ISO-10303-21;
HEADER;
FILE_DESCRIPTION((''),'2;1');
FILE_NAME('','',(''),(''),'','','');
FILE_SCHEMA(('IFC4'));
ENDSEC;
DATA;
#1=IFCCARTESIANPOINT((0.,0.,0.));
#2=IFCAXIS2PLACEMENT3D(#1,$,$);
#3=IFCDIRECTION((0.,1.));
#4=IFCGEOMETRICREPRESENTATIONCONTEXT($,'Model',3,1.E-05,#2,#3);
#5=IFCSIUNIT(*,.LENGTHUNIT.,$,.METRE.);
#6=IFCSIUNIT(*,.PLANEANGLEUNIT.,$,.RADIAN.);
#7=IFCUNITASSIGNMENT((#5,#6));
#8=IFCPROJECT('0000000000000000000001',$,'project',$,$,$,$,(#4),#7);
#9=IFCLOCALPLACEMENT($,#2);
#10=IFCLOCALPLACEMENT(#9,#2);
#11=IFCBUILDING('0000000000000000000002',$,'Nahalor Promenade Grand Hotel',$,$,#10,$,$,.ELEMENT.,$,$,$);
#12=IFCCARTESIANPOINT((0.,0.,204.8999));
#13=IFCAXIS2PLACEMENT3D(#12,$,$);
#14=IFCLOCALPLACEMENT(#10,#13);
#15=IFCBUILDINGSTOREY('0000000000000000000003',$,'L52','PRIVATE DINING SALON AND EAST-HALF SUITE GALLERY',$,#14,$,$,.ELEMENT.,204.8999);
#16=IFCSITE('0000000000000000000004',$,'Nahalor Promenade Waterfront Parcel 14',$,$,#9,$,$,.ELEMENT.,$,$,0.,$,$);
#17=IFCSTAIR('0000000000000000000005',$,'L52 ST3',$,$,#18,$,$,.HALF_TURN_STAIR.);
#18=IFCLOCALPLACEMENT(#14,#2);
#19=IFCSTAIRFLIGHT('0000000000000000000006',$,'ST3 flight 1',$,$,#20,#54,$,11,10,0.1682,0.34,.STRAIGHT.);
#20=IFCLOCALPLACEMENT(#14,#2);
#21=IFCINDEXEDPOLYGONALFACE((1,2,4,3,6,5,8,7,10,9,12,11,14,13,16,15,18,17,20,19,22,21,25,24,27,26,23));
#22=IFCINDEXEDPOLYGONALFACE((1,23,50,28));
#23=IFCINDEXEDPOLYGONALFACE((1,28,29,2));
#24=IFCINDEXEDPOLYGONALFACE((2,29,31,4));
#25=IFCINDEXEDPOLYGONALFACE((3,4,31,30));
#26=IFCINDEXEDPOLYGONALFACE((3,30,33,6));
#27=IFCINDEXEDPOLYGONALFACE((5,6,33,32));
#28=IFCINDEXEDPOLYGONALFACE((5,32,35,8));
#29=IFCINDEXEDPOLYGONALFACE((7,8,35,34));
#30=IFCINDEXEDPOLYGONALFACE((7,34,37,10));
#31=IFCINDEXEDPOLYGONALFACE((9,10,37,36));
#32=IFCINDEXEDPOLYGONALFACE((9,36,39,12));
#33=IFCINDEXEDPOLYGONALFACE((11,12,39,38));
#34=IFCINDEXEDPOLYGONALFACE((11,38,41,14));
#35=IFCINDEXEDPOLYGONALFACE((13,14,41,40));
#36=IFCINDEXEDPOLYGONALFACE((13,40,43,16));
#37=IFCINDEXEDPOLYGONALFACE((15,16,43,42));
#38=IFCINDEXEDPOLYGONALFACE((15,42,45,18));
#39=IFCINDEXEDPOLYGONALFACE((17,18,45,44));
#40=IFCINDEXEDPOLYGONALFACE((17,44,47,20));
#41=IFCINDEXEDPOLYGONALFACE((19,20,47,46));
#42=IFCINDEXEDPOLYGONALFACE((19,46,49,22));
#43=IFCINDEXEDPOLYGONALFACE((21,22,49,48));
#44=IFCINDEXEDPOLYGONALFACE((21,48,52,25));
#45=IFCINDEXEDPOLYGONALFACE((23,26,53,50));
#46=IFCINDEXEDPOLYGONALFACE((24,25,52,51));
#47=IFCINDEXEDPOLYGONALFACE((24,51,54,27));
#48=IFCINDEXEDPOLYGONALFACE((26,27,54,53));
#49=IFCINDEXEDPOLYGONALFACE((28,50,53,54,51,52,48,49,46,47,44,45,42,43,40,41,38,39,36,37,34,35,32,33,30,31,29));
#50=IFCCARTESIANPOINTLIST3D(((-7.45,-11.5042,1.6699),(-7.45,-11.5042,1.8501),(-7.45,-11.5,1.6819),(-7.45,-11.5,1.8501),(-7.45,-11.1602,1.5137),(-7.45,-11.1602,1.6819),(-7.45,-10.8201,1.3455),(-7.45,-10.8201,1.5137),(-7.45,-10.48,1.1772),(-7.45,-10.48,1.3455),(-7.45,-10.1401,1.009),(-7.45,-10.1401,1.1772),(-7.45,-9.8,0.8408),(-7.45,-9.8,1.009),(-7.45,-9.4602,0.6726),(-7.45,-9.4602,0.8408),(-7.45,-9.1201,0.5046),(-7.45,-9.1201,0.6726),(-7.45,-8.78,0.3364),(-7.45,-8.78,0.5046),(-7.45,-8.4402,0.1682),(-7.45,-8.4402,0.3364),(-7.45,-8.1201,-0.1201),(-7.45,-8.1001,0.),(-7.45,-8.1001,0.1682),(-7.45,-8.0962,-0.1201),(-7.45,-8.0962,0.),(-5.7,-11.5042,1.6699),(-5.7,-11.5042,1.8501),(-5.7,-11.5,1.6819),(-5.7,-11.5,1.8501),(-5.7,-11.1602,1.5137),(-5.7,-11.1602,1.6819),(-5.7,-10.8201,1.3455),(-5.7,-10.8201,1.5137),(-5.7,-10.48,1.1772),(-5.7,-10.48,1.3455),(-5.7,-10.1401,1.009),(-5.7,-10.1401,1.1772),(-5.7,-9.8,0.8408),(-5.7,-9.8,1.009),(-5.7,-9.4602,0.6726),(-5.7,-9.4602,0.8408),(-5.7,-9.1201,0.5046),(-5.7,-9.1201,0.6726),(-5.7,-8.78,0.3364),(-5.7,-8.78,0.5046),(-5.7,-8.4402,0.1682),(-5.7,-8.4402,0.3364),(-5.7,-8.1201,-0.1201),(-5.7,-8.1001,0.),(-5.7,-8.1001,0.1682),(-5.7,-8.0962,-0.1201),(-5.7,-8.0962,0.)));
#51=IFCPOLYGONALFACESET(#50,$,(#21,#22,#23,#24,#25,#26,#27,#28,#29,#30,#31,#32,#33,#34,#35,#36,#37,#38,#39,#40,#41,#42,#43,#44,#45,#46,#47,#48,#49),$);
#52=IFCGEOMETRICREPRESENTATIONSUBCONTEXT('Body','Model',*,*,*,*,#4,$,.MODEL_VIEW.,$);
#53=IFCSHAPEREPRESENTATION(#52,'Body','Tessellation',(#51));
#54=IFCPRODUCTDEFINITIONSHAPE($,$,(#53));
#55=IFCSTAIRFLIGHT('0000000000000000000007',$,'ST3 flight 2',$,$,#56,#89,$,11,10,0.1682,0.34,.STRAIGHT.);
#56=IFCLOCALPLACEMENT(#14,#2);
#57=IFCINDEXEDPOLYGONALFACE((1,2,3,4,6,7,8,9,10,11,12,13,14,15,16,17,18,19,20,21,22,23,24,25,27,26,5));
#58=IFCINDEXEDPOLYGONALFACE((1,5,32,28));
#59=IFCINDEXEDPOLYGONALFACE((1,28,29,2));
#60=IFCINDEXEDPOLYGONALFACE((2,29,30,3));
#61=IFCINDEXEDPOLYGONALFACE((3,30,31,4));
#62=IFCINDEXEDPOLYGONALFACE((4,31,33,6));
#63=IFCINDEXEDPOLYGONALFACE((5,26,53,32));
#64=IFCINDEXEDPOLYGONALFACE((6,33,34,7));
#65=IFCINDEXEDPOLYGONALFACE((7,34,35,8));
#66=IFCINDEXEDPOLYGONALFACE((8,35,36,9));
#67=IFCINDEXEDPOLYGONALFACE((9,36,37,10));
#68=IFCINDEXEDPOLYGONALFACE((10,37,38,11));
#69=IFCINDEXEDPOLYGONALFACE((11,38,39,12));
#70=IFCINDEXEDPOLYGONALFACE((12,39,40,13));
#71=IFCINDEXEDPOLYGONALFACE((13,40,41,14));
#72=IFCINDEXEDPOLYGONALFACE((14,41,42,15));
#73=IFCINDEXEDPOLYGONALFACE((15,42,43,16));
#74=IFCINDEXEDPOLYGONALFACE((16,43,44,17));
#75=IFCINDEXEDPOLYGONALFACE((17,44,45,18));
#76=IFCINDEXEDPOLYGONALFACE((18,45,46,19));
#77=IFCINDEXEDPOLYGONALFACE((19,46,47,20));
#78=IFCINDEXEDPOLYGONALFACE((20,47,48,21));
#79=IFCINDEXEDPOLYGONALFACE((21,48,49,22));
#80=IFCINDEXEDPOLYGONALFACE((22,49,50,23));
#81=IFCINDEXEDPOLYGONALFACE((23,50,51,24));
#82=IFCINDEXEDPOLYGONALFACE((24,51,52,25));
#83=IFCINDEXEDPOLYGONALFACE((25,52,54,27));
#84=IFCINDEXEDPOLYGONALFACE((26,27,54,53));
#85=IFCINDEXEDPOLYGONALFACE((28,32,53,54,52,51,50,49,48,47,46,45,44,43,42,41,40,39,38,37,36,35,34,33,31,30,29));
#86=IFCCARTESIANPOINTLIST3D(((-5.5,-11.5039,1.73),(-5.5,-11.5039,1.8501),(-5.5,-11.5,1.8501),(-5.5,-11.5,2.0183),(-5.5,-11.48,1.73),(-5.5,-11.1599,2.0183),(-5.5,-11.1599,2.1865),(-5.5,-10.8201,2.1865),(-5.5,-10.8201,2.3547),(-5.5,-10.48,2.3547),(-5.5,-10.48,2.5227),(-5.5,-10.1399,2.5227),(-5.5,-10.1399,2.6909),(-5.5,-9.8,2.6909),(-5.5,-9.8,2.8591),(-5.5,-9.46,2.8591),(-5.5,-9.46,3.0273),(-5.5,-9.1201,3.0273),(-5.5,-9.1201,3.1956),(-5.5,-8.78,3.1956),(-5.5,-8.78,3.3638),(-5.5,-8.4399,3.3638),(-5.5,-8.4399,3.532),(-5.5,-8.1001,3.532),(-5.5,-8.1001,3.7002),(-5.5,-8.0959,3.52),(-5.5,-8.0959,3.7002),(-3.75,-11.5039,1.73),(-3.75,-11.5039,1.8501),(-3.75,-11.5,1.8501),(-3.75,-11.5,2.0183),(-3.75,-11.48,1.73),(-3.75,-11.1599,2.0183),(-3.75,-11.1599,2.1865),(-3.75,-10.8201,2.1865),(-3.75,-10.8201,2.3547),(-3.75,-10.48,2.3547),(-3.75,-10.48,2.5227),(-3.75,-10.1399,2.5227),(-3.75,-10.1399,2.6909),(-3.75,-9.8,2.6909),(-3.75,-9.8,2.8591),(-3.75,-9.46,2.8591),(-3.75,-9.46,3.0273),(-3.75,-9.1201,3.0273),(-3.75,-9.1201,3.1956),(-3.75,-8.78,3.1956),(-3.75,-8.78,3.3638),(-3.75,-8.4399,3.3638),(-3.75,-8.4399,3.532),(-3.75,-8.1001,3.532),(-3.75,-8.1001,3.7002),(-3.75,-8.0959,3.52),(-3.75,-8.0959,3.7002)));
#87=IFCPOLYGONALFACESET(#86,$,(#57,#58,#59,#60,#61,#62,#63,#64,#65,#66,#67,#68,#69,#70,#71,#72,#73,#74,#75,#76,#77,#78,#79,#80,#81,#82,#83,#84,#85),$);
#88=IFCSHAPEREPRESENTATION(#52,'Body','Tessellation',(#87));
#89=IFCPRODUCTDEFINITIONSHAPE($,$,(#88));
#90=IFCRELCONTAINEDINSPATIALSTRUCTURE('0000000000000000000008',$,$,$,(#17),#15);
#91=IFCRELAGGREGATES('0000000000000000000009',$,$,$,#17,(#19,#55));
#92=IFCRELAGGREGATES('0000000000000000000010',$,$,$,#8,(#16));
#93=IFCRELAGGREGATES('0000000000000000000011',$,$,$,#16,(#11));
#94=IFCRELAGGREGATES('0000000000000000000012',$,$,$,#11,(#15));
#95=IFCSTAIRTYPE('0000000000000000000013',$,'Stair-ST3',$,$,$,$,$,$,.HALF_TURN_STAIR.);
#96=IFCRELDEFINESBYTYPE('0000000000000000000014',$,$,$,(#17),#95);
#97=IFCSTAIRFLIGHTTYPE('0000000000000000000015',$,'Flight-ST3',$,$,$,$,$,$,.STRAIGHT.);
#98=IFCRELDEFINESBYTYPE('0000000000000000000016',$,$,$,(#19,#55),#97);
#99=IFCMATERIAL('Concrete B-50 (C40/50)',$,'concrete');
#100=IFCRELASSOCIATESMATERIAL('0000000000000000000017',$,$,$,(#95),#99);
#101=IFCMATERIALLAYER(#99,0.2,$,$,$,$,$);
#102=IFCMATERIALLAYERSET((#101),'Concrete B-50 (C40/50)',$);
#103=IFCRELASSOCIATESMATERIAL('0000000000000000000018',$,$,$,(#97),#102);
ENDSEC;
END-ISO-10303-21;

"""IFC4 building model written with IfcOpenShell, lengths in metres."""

from ifc_helpers import new_model, si_unit, direction, frame, origin, place, context, subcontext, project, spatial, polyline, outline, extrude, source, transform, mapped, material, layer, layer_set, type_object, element, aggregate, save


model = new_model("IFC4")

# Units and contexts
model_context = context("Model", 3, precision=1e-05, world=origin(), true_north=direction((0.0, 1.0)))
body_context = subcontext(model_context, "Body", "Model", "MODEL_VIEW")
ifc_project = project(units=[si_unit("LENGTHUNIT", "METRE"), si_unit("PLANEANGLEUNIT", "RADIAN")], contexts=[model_context])

# Site, building, storey
site_placement = place(None, origin())
site = spatial("IfcSite", under=ifc_project, at=site_placement, Name="Nahalor Promenade Waterfront Parcel 14", CompositionType="ELEMENT", RefElevation=0.0)
building_placement = place(site_placement, origin())
building = spatial("IfcBuilding", under=site, at=building_placement, Name="Nahalor Promenade Grand Hotel", CompositionType="ELEMENT")
storey_placement = place(building_placement, frame((0.0, 0.0, 204.8999)))
storey = spatial("IfcBuildingStorey", under=building, at=storey_placement, Name="L52", Description="PRIVATE DINING SALON AND EAST-HALF SUITE GALLERY", CompositionType="ELEMENT", Elevation=204.8999)

# Shared definitions
ifc_material_1 = material(Name="Concrete B-50 (C40/50)", Category="concrete")

# Stair, stair flights
stair_type = type_object("IfcStairType", Name="Stair-ST3", PredefinedType="HALF_TURN_STAIR", material=ifc_material_1)
stair_placement = place(storey_placement, origin())
stair = element("IfcStair", 1, at=stair_placement, inside=storey, type_object=stair_type, Name="L52 ST3", PredefinedType="HALF_TURN_STAIR")
ifc_layer_1 = layer(ifc_material_1, 0.2)
ifc_layer_set_1 = layer_set([ifc_layer_1], Name="Concrete B-50 (C40/50)")
stair_flight_type = type_object("IfcStairFlightType", Name="Flight-ST3", PredefinedType="STRAIGHT", material=ifc_layer_set_1)
shared_shape_1 = source(origin(), body_context, "Body", "SweptSolid", [
    extrude(outline(polyline([(-0.0039, -0.1201), (-0.0039, 0.0), (0.0, 0.0), (0.0, 0.1682), (0.3401, 0.1682), (0.3401, 0.3364), (0.6799, 0.3364), (0.6799, 0.5046), (1.02, 0.5046), (1.02, 0.6726), (1.3601, 0.6726), (1.3601, 0.8408), (1.7, 0.8408), (1.7, 1.009), (2.04, 1.009), (2.04, 1.1772), (2.3799, 1.1772), (2.3799, 1.3455), (2.72, 1.3455), (2.72, 1.5137), (3.0601, 1.5137), (3.0601, 1.6819), (3.3999, 1.6819), (3.3999, 1.8501), (3.4041, 1.8501), (3.4041, 1.6699), (0.02, -0.1201), (-0.0039, -0.1201)])), frame((0.0, 0.875, 0.0), z_axis=(0.0, -1.0, 0.0), x_axis=(1.0, 0.0, 0.0)), (0.0, 0.0, 1.0), 1.75),
])
stair_flight_1_placement = place(storey_placement, frame((-6.575, -8.1001, 0.0), z_axis=(0.0, 0.0, 1.0), x_axis=(0.0, -1.0, 0.0)))
stair_flight_1 = element("IfcStairFlight", 2, at=stair_flight_1_placement, type_object=stair_flight_type, Name="ST3 flight 1", NumberOfRisers=11, NumberOfTreads=10, PredefinedType="STRAIGHT", RiserHeight=0.1682, TreadLength=0.34, context=body_context, shape_type="MappedRepresentation", body=[
    mapped(shared_shape_1, transform((0.0, 0.0, 0.0), scale=1.0)),
])
stair_flight_2_placement = place(storey_placement, frame((-4.625, -11.5, 1.8501), z_axis=(0.0, 0.0, 1.0), x_axis=(0.0, 1.0, 0.0)))
stair_flight_2 = element("IfcStairFlight", 3, at=stair_flight_2_placement, type_object=stair_flight_type, Name="ST3 flight 2", NumberOfRisers=11, NumberOfTreads=10, PredefinedType="STRAIGHT", RiserHeight=0.1682, TreadLength=0.34, context=body_context, shape_type="MappedRepresentation", body=[
    mapped(shared_shape_1, transform((0.0, 0.0, 0.0), scale=1.0)),
])
aggregate(stair, [stair_flight_1, stair_flight_2])

save(model, "model.ifc")
